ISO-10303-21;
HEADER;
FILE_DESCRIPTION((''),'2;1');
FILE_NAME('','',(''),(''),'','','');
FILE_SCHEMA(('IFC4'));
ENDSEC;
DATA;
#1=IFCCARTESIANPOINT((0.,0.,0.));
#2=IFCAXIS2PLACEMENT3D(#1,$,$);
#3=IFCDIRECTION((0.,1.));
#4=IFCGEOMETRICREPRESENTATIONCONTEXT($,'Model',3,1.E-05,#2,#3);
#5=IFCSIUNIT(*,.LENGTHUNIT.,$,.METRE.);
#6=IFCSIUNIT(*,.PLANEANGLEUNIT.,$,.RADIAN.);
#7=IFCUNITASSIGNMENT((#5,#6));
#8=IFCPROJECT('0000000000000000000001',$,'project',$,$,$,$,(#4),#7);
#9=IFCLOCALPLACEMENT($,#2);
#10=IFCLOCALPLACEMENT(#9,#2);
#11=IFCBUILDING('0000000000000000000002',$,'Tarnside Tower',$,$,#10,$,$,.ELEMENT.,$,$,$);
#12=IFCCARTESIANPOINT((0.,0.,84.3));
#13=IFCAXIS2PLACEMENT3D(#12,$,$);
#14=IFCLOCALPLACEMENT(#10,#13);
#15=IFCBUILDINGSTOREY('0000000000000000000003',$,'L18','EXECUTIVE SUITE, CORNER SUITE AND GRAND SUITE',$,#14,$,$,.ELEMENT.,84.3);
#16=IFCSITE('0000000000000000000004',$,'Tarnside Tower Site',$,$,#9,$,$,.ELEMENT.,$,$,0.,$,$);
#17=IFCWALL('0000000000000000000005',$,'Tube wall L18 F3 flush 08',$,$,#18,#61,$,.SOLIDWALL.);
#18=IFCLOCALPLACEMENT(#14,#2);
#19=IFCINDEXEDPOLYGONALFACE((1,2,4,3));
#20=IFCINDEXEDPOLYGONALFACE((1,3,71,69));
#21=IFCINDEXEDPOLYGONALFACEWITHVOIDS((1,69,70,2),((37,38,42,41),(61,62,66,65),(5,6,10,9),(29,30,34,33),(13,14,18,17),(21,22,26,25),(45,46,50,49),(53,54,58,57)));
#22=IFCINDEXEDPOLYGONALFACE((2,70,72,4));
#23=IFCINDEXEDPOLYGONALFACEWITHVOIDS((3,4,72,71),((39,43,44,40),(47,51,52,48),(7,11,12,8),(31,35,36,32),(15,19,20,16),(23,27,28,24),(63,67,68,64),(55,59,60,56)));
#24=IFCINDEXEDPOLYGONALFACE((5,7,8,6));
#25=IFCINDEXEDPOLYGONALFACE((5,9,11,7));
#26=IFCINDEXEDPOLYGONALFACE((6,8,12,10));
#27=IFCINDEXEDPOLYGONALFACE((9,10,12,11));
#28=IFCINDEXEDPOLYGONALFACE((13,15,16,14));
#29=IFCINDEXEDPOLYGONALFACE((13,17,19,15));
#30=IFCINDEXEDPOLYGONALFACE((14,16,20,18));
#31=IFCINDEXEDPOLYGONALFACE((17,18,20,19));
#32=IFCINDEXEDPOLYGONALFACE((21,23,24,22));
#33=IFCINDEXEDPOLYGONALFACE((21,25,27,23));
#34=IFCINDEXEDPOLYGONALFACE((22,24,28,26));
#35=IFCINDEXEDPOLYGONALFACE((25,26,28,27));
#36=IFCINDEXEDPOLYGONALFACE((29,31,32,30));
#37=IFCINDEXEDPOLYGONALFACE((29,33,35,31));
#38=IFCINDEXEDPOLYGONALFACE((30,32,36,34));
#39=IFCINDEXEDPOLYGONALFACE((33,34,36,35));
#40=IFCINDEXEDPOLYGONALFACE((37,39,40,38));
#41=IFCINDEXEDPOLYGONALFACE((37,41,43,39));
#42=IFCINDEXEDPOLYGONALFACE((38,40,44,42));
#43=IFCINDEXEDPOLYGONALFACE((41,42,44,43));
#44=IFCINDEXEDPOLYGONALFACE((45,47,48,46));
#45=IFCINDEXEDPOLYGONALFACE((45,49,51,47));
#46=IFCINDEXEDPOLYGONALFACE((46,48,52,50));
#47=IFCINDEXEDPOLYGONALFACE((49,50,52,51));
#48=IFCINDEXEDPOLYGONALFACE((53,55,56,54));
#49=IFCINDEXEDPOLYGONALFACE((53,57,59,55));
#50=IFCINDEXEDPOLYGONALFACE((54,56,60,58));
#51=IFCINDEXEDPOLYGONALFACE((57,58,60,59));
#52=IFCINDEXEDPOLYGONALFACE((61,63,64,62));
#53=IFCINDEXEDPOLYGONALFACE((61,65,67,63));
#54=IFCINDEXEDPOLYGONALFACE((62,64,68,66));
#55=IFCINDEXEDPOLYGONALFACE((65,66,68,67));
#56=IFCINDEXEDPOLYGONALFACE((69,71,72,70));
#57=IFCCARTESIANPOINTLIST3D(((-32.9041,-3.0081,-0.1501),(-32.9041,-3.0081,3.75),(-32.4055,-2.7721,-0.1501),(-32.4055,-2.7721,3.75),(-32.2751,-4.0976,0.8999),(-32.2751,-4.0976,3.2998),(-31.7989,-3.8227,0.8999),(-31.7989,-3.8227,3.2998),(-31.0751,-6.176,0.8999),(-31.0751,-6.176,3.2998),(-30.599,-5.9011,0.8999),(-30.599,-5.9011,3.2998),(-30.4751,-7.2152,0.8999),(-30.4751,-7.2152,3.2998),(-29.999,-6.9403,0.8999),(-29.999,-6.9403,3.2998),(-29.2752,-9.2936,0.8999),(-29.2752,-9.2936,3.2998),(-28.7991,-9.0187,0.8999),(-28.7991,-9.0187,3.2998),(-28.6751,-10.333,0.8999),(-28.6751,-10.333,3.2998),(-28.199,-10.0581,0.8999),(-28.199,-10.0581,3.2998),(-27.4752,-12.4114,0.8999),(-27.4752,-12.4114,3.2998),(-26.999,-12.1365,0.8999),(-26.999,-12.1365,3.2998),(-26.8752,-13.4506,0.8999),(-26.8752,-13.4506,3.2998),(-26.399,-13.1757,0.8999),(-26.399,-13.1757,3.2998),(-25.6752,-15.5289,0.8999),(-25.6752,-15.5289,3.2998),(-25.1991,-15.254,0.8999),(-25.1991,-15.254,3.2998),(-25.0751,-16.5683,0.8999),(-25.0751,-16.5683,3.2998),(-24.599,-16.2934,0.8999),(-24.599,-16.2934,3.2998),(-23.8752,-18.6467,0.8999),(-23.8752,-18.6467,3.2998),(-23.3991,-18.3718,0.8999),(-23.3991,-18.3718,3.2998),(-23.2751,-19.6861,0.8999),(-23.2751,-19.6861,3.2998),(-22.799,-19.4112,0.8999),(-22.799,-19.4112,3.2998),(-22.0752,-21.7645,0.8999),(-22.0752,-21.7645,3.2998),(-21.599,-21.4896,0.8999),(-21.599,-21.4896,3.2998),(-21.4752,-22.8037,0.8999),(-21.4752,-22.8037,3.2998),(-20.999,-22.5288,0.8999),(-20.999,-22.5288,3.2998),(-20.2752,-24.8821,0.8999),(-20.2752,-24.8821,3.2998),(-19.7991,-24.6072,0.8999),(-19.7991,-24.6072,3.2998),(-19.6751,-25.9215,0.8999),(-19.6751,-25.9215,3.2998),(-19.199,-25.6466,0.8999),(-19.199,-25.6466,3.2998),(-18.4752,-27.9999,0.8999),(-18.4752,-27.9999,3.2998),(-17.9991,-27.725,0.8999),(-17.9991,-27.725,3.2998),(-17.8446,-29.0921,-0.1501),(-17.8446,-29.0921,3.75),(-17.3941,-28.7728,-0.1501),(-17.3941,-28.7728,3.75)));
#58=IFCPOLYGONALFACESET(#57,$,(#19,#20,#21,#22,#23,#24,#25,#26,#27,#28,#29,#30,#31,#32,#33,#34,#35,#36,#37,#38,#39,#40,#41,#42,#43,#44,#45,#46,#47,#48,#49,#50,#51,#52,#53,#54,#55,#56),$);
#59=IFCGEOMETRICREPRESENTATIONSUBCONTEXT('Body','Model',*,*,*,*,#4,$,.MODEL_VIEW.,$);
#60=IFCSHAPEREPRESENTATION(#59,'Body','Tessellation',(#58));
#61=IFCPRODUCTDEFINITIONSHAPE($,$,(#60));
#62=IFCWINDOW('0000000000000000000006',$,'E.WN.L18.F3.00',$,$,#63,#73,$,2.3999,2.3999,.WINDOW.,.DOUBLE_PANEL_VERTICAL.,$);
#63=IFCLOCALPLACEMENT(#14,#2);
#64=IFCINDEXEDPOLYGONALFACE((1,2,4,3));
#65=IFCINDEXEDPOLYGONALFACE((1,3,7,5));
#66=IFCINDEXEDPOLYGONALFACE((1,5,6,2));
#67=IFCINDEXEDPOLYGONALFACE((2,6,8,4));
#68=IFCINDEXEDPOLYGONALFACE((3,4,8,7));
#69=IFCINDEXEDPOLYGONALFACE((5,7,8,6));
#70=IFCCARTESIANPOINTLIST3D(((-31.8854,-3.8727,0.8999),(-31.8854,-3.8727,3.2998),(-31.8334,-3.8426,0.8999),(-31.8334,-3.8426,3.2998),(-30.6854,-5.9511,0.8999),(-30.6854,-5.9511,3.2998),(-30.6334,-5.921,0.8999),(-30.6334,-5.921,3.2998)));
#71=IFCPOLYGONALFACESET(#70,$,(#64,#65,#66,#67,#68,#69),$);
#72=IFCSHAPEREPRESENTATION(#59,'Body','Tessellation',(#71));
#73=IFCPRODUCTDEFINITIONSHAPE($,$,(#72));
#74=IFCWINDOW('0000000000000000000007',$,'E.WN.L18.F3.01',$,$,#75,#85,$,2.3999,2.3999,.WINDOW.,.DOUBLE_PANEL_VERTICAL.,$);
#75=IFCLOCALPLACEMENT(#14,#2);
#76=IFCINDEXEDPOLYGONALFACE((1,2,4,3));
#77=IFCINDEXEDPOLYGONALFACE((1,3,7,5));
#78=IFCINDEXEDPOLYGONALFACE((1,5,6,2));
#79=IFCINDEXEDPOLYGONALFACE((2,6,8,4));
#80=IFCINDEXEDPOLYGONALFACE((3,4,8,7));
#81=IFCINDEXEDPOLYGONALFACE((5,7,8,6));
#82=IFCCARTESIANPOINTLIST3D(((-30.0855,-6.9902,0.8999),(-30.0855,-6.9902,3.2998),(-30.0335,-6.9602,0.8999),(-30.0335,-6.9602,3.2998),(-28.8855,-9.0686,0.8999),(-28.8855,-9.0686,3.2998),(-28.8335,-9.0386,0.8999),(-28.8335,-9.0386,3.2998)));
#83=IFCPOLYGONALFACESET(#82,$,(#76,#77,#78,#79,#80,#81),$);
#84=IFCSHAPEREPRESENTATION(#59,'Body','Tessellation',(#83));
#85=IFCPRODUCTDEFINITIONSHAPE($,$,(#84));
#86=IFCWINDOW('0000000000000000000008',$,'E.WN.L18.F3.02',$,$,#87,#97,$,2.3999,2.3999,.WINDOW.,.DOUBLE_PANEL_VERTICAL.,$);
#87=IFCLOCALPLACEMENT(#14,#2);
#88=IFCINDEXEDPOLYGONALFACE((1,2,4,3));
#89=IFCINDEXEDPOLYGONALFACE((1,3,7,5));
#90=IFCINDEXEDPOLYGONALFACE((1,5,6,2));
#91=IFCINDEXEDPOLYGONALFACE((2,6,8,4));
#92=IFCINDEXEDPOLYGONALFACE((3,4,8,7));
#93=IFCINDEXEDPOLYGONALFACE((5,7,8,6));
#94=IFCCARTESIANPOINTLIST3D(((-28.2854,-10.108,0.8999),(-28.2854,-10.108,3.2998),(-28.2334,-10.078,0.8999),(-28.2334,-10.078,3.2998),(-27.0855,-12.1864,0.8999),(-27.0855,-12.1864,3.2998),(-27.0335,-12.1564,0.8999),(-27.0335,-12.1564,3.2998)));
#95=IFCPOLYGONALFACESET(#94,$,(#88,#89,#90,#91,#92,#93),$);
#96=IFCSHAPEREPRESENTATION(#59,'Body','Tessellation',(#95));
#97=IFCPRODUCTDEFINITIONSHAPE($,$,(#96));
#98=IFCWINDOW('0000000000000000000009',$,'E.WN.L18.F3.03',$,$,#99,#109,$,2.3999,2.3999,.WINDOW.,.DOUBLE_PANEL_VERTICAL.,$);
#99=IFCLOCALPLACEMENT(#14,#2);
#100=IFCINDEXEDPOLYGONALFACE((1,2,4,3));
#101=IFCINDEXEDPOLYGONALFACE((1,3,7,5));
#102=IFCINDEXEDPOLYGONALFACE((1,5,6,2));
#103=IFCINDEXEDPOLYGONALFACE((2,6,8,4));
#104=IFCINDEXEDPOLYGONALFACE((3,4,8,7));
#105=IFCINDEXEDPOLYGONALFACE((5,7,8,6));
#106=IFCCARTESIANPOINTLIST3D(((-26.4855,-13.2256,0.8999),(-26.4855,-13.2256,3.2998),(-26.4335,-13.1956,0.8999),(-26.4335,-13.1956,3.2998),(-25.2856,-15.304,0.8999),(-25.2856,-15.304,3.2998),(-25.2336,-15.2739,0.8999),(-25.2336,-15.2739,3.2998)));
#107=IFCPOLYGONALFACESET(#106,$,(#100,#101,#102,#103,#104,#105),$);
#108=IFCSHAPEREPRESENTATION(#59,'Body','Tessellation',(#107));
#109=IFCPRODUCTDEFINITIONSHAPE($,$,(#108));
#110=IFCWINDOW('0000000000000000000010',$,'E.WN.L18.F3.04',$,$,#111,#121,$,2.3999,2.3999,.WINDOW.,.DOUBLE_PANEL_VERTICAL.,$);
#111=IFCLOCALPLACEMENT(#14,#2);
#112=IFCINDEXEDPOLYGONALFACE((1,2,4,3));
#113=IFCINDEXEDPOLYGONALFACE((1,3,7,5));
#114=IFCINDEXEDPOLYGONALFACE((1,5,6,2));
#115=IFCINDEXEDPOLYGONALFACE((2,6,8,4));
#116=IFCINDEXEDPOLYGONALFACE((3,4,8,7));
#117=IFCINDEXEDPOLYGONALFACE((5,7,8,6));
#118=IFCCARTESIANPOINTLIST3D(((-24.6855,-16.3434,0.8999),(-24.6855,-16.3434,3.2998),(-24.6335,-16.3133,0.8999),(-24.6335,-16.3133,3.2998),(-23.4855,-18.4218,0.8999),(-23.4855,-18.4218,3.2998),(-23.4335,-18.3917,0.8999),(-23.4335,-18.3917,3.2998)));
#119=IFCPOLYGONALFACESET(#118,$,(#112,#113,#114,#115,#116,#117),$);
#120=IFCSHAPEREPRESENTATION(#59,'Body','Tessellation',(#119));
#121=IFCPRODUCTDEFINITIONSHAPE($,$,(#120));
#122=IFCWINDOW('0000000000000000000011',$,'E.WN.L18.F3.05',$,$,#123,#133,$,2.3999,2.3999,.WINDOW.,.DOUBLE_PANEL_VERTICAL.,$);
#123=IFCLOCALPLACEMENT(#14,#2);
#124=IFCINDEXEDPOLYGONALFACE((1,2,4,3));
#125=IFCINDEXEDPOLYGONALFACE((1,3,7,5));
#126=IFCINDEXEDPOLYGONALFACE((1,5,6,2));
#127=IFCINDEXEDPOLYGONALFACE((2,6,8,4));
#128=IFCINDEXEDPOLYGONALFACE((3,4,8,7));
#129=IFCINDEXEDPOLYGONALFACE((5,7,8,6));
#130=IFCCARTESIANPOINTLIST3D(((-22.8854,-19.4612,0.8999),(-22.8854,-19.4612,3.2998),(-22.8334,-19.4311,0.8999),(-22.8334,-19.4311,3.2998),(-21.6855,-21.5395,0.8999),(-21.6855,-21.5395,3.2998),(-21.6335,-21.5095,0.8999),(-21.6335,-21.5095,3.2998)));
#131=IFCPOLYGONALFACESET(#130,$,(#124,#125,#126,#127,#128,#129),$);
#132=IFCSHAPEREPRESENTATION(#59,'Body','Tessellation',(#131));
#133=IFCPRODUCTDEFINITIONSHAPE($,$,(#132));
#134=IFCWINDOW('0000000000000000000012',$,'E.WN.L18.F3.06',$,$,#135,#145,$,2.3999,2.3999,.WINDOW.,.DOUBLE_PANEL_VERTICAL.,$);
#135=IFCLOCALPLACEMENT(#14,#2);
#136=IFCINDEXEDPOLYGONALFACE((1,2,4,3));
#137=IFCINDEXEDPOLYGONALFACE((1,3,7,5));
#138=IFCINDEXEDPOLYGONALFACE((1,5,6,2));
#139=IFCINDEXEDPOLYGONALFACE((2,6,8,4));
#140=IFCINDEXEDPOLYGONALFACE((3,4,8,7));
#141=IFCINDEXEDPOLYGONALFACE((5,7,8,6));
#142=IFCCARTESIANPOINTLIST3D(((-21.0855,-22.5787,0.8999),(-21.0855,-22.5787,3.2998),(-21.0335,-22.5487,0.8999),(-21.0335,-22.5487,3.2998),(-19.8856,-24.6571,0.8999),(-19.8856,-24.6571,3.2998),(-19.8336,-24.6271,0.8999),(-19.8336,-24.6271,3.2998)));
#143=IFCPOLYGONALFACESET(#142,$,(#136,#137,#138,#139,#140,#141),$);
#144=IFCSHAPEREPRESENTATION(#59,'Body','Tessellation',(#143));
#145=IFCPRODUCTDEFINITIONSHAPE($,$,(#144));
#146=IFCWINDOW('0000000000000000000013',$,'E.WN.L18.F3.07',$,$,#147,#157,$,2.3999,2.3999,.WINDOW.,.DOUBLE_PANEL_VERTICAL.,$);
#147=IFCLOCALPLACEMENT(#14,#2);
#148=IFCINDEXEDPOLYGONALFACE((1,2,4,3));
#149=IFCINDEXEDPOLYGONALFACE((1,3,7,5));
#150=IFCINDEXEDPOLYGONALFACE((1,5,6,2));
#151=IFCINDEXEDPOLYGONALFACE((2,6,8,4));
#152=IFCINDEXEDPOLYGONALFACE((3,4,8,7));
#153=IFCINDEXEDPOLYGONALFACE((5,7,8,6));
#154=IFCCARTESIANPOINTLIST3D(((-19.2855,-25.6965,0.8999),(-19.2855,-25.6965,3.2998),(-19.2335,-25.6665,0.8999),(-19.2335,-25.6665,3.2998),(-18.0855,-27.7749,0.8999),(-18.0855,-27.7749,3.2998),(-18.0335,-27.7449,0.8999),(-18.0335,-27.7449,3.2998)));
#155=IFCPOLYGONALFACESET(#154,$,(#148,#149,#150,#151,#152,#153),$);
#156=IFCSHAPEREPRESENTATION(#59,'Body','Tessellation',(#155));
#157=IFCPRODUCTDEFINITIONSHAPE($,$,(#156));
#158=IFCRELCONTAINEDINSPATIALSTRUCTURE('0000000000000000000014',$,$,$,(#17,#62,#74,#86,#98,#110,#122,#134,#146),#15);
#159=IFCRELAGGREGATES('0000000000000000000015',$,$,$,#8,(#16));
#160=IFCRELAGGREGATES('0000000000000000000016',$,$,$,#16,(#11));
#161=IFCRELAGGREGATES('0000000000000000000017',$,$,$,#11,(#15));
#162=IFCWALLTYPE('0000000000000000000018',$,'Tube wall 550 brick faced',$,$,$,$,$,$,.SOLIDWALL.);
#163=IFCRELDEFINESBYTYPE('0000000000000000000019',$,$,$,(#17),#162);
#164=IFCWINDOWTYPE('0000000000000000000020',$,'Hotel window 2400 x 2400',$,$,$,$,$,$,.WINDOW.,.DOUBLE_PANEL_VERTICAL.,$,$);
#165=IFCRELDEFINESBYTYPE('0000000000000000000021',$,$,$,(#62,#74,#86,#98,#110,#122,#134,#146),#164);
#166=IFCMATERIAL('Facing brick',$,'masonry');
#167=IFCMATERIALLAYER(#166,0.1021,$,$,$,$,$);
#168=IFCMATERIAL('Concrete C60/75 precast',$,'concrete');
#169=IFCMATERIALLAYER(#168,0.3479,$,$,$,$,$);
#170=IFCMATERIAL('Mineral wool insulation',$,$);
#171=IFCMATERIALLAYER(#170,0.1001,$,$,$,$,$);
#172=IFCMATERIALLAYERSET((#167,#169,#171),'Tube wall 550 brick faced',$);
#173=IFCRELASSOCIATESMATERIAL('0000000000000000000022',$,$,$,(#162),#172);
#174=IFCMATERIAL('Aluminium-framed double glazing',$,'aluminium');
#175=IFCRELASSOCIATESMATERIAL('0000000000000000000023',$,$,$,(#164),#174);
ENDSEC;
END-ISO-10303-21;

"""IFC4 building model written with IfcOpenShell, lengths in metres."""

from ifc_helpers import new_model, si_unit, direction, frame, frame_2d, origin, place, context, subcontext, project, spatial, polyline, rectangle, outline, extrude, material, layer, layer_set, type_object, element, fill, save


model = new_model("IFC4")

# Units and contexts
model_context = context("Model", 3, precision=1e-05, world=origin(), true_north=direction((0.0, 1.0)))
body_context = subcontext(model_context, "Body", "Model", "MODEL_VIEW")
ifc_project = project(units=[si_unit("LENGTHUNIT", "METRE"), si_unit("PLANEANGLEUNIT", "RADIAN")], contexts=[model_context])

# Site, building, storey
site_placement = place(None, origin())
site = spatial("IfcSite", under=ifc_project, at=site_placement, Name="Tarnside Tower Site", CompositionType="ELEMENT", RefElevation=0.0)
building_placement = place(site_placement, origin())
building = spatial("IfcBuilding", under=site, at=building_placement, Name="Tarnside Tower", CompositionType="ELEMENT")
storey_placement = place(building_placement, frame((0.0, 0.0, 84.3)))
storey = spatial("IfcBuildingStorey", under=building, at=storey_placement, Name="L18", Description="EXECUTIVE SUITE, CORNER SUITE AND GRAND SUITE", CompositionType="ELEMENT", Elevation=84.3)

# Shared definitions
ifc_material_1 = material(Name="Facing brick", Category="masonry")
ifc_layer_1 = layer(ifc_material_1, 0.1021)
ifc_material_2 = material(Name="Concrete C60/75 precast", Category="concrete")
ifc_layer_2 = layer(ifc_material_2, 0.3479)
ifc_material_3 = material(Name="Mineral wool insulation")
ifc_layer_3 = layer(ifc_material_3, 0.1001)
ifc_layer_set_1 = layer_set([ifc_layer_1, ifc_layer_2, ifc_layer_3], Name="Tube wall 550 brick faced")
wall_type_1 = type_object("IfcWallType", Name="Tube wall 550 brick faced", PredefinedType="SOLIDWALL", material=ifc_layer_set_1)

# Wall, openings, windows
wall_1_placement = place(storey_placement, frame((-32.6548, -2.8901, -0.1501), z_axis=(0.0, 0.0, 1.0), x_axis=(0.499998, -0.866027, 0.0)))
wall_1 = element("IfcWall", 1, at=wall_1_placement, inside=storey, type_object=wall_type_1, Name="Tube wall L18 F3 flush 08", PredefinedType="SOLIDWALL", context=body_context, shape_type="SweptSolid", body=[
    extrude(outline(polyline([(-0.0225, -0.2749), (30.0967, -0.2749), (30.0454, 0.2749), (0.0225, 0.2749), (-0.0225, -0.2749)])), origin(), (0.0, 0.0, 1.0), 3.9001),
])
opening_1_placement = place(wall_1_placement, frame((1.2356, 0.0, 1.05)))
opening_1 = element("IfcOpeningElement", 2, at=opening_1_placement, cuts=wall_1, PredefinedType="OPENING", context=body_context, shape_type="SweptSolid", body=[
    extrude(rectangle(XDim=2.3999, YDim=2.3999, at=frame_2d((1.2, 1.2))), frame((0.0, 0.2852, 0.0), z_axis=(0.0, -1.0, 0.0), x_axis=(1.0, 0.0, 0.0)), (0.0, 0.0, 1.0), 0.5701),
])
opening_2_placement = place(wall_1_placement, frame((4.8354, 0.0, 1.05)))
opening_2 = element("IfcOpeningElement", 3, at=opening_2_placement, cuts=wall_1, PredefinedType="OPENING", context=body_context, shape_type="SweptSolid", body=[
    extrude(rectangle(XDim=2.3999, YDim=2.3999, at=frame_2d((1.2, 1.2))), frame((0.0, 0.2852, 0.0), z_axis=(0.0, -1.0, 0.0), x_axis=(1.0, 0.0, 0.0)), (0.0, 0.0, 1.0), 0.5701),
])
opening_3_placement = place(wall_1_placement, frame((8.4355, 0.0, 1.05)))
opening_3 = element("IfcOpeningElement", 4, at=opening_3_placement, cuts=wall_1, PredefinedType="OPENING", context=body_context, shape_type="SweptSolid", body=[
    extrude(rectangle(XDim=2.3999, YDim=2.3999, at=frame_2d((1.2, 1.2))), frame((0.0, 0.2852, 0.0), z_axis=(0.0, -1.0, 0.0), x_axis=(1.0, 0.0, 0.0)), (0.0, 0.0, 1.0), 0.5701),
])
opening_4_placement = place(wall_1_placement, frame((12.0354, 0.0, 1.05)))
opening_4 = element("IfcOpeningElement", 5, at=opening_4_placement, cuts=wall_1, PredefinedType="OPENING", context=body_context, shape_type="SweptSolid", body=[
    extrude(rectangle(XDim=2.3999, YDim=2.3999, at=frame_2d((1.2, 1.2))), frame((0.0, 0.2852, 0.0), z_axis=(0.0, -1.0, 0.0), x_axis=(1.0, 0.0, 0.0)), (0.0, 0.0, 1.0), 0.5701),
])
opening_5_placement = place(wall_1_placement, frame((15.6355, 0.0, 1.05)))
opening_5 = element("IfcOpeningElement", 6, at=opening_5_placement, cuts=wall_1, PredefinedType="OPENING", context=body_context, shape_type="SweptSolid", body=[
    extrude(rectangle(XDim=2.3999, YDim=2.3999, at=frame_2d((1.2, 1.2))), frame((0.0, 0.2852, 0.0), z_axis=(0.0, -1.0, 0.0), x_axis=(1.0, 0.0, 0.0)), (0.0, 0.0, 1.0), 0.5701),
])
opening_6_placement = place(wall_1_placement, frame((19.2356, 0.0, 1.05)))
opening_6 = element("IfcOpeningElement", 7, at=opening_6_placement, cuts=wall_1, PredefinedType="OPENING", context=body_context, shape_type="SweptSolid", body=[
    extrude(rectangle(XDim=2.3999, YDim=2.3999, at=frame_2d((1.2, 1.2))), frame((0.0, 0.2852, 0.0), z_axis=(0.0, -1.0, 0.0), x_axis=(1.0, 0.0, 0.0)), (0.0, 0.0, 1.0), 0.5701),
])
opening_7_placement = place(wall_1_placement, frame((22.8354, 0.0, 1.05)))
opening_7 = element("IfcOpeningElement", 8, at=opening_7_placement, cuts=wall_1, PredefinedType="OPENING", context=body_context, shape_type="SweptSolid", body=[
    extrude(rectangle(XDim=2.3999, YDim=2.3999, at=frame_2d((1.2, 1.2))), frame((0.0, 0.2852, 0.0), z_axis=(0.0, -1.0, 0.0), x_axis=(1.0, 0.0, 0.0)), (0.0, 0.0, 1.0), 0.5701),
])
opening_8_placement = place(wall_1_placement, frame((26.4355, 0.0, 1.05)))
opening_8 = element("IfcOpeningElement", 9, at=opening_8_placement, cuts=wall_1, PredefinedType="OPENING", context=body_context, shape_type="SweptSolid", body=[
    extrude(rectangle(XDim=2.3999, YDim=2.3999, at=frame_2d((1.2, 1.2))), frame((0.0, 0.2852, 0.0), z_axis=(0.0, -1.0, 0.0), x_axis=(1.0, 0.0, 0.0)), (0.0, 0.0, 1.0), 0.5701),
])
ifc_material_4 = material(Name="Aluminium-framed double glazing", Category="aluminium")
window_type = type_object("IfcWindowType", Name="Hotel window 2400 x 2400", PartitioningType="DOUBLE_PANEL_VERTICAL", PredefinedType="WINDOW", material=ifc_material_4)
window_1_placement = place(opening_1_placement, frame((0.0, 0.2051, 0.0)))
window_1 = element("IfcWindow", 10, at=window_1_placement, inside=storey, type_object=window_type, Name="E.WN.L18.F3.00", OverallHeight=2.3999, OverallWidth=2.3999, PartitioningType="DOUBLE_PANEL_VERTICAL", PredefinedType="WINDOW", context=body_context, shape_type="SweptSolid", body=[
    extrude(rectangle(XDim=2.3999, YDim=2.3999, at=frame_2d((1.2, 1.2))), frame((0.0, 0.03, 0.0), z_axis=(0.0, -1.0, 0.0), x_axis=(1.0, 0.0, 0.0)), (0.0, 0.0, 1.0), 0.0601),
])
fill(opening_1, window_1)
window_2_placement = place(opening_2_placement, frame((0.0, 0.2051, 0.0)))
window_2 = element("IfcWindow", 11, at=window_2_placement, inside=storey, type_object=window_type, Name="E.WN.L18.F3.01", OverallHeight=2.3999, OverallWidth=2.3999, PartitioningType="DOUBLE_PANEL_VERTICAL", PredefinedType="WINDOW", context=body_context, shape_type="SweptSolid", body=[
    extrude(rectangle(XDim=2.3999, YDim=2.3999, at=frame_2d((1.2, 1.2))), frame((0.0, 0.03, 0.0), z_axis=(0.0, -1.0, 0.0), x_axis=(1.0, 0.0, 0.0)), (0.0, 0.0, 1.0), 0.0601),
])
fill(opening_2, window_2)
window_3_placement = place(opening_3_placement, frame((0.0, 0.2051, 0.0)))
window_3 = element("IfcWindow", 12, at=window_3_placement, inside=storey, type_object=window_type, Name="E.WN.L18.F3.02", OverallHeight=2.3999, OverallWidth=2.3999, PartitioningType="DOUBLE_PANEL_VERTICAL", PredefinedType="WINDOW", context=body_context, shape_type="SweptSolid", body=[
    extrude(rectangle(XDim=2.3999, YDim=2.3999, at=frame_2d((1.2, 1.2))), frame((0.0, 0.03, 0.0), z_axis=(0.0, -1.0, 0.0), x_axis=(1.0, 0.0, 0.0)), (0.0, 0.0, 1.0), 0.0601),
])
fill(opening_3, window_3)
window_4_placement = place(opening_4_placement, frame((0.0, 0.2051, 0.0)))
window_4 = element("IfcWindow", 13, at=window_4_placement, inside=storey, type_object=window_type, Name="E.WN.L18.F3.03", OverallHeight=2.3999, OverallWidth=2.3999, PartitioningType="DOUBLE_PANEL_VERTICAL", PredefinedType="WINDOW", context=body_context, shape_type="SweptSolid", body=[
    extrude(rectangle(XDim=2.3999, YDim=2.3999, at=frame_2d((1.2, 1.2))), frame((0.0, 0.03, 0.0), z_axis=(0.0, -1.0, 0.0), x_axis=(1.0, 0.0, 0.0)), (0.0, 0.0, 1.0), 0.0601),
])
fill(opening_4, window_4)
window_5_placement = place(opening_5_placement, frame((0.0, 0.2051, 0.0)))
window_5 = element("IfcWindow", 14, at=window_5_placement, inside=storey, type_object=window_type, Name="E.WN.L18.F3.04", OverallHeight=2.3999, OverallWidth=2.3999, PartitioningType="DOUBLE_PANEL_VERTICAL", PredefinedType="WINDOW", context=body_context, shape_type="SweptSolid", body=[
    extrude(rectangle(XDim=2.3999, YDim=2.3999, at=frame_2d((1.2, 1.2))), frame((0.0, 0.03, 0.0), z_axis=(0.0, -1.0, 0.0), x_axis=(1.0, 0.0, 0.0)), (0.0, 0.0, 1.0), 0.0601),
])
fill(opening_5, window_5)
window_6_placement = place(opening_6_placement, frame((0.0, 0.2051, 0.0)))
window_6 = element("IfcWindow", 15, at=window_6_placement, inside=storey, type_object=window_type, Name="E.WN.L18.F3.05", OverallHeight=2.3999, OverallWidth=2.3999, PartitioningType="DOUBLE_PANEL_VERTICAL", PredefinedType="WINDOW", context=body_context, shape_type="SweptSolid", body=[
    extrude(rectangle(XDim=2.3999, YDim=2.3999, at=frame_2d((1.2, 1.2))), frame((0.0, 0.03, 0.0), z_axis=(0.0, -1.0, 0.0), x_axis=(1.0, 0.0, 0.0)), (0.0, 0.0, 1.0), 0.0601),
])
fill(opening_6, window_6)
window_7_placement = place(opening_7_placement, frame((0.0, 0.2051, 0.0)))
window_7 = element("IfcWindow", 16, at=window_7_placement, inside=storey, type_object=window_type, Name="E.WN.L18.F3.06", OverallHeight=2.3999, OverallWidth=2.3999, PartitioningType="DOUBLE_PANEL_VERTICAL", PredefinedType="WINDOW", context=body_context, shape_type="SweptSolid", body=[
    extrude(rectangle(XDim=2.3999, YDim=2.3999, at=frame_2d((1.2, 1.2))), frame((0.0, 0.03, 0.0), z_axis=(0.0, -1.0, 0.0), x_axis=(1.0, 0.0, 0.0)), (0.0, 0.0, 1.0), 0.0601),
])
fill(opening_7, window_7)
window_8_placement = place(opening_8_placement, frame((0.0, 0.2051, 0.0)))
window_8 = element("IfcWindow", 17, at=window_8_placement, inside=storey, type_object=window_type, Name="E.WN.L18.F3.07", OverallHeight=2.3999, OverallWidth=2.3999, PartitioningType="DOUBLE_PANEL_VERTICAL", PredefinedType="WINDOW", context=body_context, shape_type="SweptSolid", body=[
    extrude(rectangle(XDim=2.3999, YDim=2.3999, at=frame_2d((1.2, 1.2))), frame((0.0, 0.03, 0.0), z_axis=(0.0, -1.0, 0.0), x_axis=(1.0, 0.0, 0.0)), (0.0, 0.0, 1.0), 0.0601),
])
fill(opening_8, window_8)

save(model, "model.ifc")
